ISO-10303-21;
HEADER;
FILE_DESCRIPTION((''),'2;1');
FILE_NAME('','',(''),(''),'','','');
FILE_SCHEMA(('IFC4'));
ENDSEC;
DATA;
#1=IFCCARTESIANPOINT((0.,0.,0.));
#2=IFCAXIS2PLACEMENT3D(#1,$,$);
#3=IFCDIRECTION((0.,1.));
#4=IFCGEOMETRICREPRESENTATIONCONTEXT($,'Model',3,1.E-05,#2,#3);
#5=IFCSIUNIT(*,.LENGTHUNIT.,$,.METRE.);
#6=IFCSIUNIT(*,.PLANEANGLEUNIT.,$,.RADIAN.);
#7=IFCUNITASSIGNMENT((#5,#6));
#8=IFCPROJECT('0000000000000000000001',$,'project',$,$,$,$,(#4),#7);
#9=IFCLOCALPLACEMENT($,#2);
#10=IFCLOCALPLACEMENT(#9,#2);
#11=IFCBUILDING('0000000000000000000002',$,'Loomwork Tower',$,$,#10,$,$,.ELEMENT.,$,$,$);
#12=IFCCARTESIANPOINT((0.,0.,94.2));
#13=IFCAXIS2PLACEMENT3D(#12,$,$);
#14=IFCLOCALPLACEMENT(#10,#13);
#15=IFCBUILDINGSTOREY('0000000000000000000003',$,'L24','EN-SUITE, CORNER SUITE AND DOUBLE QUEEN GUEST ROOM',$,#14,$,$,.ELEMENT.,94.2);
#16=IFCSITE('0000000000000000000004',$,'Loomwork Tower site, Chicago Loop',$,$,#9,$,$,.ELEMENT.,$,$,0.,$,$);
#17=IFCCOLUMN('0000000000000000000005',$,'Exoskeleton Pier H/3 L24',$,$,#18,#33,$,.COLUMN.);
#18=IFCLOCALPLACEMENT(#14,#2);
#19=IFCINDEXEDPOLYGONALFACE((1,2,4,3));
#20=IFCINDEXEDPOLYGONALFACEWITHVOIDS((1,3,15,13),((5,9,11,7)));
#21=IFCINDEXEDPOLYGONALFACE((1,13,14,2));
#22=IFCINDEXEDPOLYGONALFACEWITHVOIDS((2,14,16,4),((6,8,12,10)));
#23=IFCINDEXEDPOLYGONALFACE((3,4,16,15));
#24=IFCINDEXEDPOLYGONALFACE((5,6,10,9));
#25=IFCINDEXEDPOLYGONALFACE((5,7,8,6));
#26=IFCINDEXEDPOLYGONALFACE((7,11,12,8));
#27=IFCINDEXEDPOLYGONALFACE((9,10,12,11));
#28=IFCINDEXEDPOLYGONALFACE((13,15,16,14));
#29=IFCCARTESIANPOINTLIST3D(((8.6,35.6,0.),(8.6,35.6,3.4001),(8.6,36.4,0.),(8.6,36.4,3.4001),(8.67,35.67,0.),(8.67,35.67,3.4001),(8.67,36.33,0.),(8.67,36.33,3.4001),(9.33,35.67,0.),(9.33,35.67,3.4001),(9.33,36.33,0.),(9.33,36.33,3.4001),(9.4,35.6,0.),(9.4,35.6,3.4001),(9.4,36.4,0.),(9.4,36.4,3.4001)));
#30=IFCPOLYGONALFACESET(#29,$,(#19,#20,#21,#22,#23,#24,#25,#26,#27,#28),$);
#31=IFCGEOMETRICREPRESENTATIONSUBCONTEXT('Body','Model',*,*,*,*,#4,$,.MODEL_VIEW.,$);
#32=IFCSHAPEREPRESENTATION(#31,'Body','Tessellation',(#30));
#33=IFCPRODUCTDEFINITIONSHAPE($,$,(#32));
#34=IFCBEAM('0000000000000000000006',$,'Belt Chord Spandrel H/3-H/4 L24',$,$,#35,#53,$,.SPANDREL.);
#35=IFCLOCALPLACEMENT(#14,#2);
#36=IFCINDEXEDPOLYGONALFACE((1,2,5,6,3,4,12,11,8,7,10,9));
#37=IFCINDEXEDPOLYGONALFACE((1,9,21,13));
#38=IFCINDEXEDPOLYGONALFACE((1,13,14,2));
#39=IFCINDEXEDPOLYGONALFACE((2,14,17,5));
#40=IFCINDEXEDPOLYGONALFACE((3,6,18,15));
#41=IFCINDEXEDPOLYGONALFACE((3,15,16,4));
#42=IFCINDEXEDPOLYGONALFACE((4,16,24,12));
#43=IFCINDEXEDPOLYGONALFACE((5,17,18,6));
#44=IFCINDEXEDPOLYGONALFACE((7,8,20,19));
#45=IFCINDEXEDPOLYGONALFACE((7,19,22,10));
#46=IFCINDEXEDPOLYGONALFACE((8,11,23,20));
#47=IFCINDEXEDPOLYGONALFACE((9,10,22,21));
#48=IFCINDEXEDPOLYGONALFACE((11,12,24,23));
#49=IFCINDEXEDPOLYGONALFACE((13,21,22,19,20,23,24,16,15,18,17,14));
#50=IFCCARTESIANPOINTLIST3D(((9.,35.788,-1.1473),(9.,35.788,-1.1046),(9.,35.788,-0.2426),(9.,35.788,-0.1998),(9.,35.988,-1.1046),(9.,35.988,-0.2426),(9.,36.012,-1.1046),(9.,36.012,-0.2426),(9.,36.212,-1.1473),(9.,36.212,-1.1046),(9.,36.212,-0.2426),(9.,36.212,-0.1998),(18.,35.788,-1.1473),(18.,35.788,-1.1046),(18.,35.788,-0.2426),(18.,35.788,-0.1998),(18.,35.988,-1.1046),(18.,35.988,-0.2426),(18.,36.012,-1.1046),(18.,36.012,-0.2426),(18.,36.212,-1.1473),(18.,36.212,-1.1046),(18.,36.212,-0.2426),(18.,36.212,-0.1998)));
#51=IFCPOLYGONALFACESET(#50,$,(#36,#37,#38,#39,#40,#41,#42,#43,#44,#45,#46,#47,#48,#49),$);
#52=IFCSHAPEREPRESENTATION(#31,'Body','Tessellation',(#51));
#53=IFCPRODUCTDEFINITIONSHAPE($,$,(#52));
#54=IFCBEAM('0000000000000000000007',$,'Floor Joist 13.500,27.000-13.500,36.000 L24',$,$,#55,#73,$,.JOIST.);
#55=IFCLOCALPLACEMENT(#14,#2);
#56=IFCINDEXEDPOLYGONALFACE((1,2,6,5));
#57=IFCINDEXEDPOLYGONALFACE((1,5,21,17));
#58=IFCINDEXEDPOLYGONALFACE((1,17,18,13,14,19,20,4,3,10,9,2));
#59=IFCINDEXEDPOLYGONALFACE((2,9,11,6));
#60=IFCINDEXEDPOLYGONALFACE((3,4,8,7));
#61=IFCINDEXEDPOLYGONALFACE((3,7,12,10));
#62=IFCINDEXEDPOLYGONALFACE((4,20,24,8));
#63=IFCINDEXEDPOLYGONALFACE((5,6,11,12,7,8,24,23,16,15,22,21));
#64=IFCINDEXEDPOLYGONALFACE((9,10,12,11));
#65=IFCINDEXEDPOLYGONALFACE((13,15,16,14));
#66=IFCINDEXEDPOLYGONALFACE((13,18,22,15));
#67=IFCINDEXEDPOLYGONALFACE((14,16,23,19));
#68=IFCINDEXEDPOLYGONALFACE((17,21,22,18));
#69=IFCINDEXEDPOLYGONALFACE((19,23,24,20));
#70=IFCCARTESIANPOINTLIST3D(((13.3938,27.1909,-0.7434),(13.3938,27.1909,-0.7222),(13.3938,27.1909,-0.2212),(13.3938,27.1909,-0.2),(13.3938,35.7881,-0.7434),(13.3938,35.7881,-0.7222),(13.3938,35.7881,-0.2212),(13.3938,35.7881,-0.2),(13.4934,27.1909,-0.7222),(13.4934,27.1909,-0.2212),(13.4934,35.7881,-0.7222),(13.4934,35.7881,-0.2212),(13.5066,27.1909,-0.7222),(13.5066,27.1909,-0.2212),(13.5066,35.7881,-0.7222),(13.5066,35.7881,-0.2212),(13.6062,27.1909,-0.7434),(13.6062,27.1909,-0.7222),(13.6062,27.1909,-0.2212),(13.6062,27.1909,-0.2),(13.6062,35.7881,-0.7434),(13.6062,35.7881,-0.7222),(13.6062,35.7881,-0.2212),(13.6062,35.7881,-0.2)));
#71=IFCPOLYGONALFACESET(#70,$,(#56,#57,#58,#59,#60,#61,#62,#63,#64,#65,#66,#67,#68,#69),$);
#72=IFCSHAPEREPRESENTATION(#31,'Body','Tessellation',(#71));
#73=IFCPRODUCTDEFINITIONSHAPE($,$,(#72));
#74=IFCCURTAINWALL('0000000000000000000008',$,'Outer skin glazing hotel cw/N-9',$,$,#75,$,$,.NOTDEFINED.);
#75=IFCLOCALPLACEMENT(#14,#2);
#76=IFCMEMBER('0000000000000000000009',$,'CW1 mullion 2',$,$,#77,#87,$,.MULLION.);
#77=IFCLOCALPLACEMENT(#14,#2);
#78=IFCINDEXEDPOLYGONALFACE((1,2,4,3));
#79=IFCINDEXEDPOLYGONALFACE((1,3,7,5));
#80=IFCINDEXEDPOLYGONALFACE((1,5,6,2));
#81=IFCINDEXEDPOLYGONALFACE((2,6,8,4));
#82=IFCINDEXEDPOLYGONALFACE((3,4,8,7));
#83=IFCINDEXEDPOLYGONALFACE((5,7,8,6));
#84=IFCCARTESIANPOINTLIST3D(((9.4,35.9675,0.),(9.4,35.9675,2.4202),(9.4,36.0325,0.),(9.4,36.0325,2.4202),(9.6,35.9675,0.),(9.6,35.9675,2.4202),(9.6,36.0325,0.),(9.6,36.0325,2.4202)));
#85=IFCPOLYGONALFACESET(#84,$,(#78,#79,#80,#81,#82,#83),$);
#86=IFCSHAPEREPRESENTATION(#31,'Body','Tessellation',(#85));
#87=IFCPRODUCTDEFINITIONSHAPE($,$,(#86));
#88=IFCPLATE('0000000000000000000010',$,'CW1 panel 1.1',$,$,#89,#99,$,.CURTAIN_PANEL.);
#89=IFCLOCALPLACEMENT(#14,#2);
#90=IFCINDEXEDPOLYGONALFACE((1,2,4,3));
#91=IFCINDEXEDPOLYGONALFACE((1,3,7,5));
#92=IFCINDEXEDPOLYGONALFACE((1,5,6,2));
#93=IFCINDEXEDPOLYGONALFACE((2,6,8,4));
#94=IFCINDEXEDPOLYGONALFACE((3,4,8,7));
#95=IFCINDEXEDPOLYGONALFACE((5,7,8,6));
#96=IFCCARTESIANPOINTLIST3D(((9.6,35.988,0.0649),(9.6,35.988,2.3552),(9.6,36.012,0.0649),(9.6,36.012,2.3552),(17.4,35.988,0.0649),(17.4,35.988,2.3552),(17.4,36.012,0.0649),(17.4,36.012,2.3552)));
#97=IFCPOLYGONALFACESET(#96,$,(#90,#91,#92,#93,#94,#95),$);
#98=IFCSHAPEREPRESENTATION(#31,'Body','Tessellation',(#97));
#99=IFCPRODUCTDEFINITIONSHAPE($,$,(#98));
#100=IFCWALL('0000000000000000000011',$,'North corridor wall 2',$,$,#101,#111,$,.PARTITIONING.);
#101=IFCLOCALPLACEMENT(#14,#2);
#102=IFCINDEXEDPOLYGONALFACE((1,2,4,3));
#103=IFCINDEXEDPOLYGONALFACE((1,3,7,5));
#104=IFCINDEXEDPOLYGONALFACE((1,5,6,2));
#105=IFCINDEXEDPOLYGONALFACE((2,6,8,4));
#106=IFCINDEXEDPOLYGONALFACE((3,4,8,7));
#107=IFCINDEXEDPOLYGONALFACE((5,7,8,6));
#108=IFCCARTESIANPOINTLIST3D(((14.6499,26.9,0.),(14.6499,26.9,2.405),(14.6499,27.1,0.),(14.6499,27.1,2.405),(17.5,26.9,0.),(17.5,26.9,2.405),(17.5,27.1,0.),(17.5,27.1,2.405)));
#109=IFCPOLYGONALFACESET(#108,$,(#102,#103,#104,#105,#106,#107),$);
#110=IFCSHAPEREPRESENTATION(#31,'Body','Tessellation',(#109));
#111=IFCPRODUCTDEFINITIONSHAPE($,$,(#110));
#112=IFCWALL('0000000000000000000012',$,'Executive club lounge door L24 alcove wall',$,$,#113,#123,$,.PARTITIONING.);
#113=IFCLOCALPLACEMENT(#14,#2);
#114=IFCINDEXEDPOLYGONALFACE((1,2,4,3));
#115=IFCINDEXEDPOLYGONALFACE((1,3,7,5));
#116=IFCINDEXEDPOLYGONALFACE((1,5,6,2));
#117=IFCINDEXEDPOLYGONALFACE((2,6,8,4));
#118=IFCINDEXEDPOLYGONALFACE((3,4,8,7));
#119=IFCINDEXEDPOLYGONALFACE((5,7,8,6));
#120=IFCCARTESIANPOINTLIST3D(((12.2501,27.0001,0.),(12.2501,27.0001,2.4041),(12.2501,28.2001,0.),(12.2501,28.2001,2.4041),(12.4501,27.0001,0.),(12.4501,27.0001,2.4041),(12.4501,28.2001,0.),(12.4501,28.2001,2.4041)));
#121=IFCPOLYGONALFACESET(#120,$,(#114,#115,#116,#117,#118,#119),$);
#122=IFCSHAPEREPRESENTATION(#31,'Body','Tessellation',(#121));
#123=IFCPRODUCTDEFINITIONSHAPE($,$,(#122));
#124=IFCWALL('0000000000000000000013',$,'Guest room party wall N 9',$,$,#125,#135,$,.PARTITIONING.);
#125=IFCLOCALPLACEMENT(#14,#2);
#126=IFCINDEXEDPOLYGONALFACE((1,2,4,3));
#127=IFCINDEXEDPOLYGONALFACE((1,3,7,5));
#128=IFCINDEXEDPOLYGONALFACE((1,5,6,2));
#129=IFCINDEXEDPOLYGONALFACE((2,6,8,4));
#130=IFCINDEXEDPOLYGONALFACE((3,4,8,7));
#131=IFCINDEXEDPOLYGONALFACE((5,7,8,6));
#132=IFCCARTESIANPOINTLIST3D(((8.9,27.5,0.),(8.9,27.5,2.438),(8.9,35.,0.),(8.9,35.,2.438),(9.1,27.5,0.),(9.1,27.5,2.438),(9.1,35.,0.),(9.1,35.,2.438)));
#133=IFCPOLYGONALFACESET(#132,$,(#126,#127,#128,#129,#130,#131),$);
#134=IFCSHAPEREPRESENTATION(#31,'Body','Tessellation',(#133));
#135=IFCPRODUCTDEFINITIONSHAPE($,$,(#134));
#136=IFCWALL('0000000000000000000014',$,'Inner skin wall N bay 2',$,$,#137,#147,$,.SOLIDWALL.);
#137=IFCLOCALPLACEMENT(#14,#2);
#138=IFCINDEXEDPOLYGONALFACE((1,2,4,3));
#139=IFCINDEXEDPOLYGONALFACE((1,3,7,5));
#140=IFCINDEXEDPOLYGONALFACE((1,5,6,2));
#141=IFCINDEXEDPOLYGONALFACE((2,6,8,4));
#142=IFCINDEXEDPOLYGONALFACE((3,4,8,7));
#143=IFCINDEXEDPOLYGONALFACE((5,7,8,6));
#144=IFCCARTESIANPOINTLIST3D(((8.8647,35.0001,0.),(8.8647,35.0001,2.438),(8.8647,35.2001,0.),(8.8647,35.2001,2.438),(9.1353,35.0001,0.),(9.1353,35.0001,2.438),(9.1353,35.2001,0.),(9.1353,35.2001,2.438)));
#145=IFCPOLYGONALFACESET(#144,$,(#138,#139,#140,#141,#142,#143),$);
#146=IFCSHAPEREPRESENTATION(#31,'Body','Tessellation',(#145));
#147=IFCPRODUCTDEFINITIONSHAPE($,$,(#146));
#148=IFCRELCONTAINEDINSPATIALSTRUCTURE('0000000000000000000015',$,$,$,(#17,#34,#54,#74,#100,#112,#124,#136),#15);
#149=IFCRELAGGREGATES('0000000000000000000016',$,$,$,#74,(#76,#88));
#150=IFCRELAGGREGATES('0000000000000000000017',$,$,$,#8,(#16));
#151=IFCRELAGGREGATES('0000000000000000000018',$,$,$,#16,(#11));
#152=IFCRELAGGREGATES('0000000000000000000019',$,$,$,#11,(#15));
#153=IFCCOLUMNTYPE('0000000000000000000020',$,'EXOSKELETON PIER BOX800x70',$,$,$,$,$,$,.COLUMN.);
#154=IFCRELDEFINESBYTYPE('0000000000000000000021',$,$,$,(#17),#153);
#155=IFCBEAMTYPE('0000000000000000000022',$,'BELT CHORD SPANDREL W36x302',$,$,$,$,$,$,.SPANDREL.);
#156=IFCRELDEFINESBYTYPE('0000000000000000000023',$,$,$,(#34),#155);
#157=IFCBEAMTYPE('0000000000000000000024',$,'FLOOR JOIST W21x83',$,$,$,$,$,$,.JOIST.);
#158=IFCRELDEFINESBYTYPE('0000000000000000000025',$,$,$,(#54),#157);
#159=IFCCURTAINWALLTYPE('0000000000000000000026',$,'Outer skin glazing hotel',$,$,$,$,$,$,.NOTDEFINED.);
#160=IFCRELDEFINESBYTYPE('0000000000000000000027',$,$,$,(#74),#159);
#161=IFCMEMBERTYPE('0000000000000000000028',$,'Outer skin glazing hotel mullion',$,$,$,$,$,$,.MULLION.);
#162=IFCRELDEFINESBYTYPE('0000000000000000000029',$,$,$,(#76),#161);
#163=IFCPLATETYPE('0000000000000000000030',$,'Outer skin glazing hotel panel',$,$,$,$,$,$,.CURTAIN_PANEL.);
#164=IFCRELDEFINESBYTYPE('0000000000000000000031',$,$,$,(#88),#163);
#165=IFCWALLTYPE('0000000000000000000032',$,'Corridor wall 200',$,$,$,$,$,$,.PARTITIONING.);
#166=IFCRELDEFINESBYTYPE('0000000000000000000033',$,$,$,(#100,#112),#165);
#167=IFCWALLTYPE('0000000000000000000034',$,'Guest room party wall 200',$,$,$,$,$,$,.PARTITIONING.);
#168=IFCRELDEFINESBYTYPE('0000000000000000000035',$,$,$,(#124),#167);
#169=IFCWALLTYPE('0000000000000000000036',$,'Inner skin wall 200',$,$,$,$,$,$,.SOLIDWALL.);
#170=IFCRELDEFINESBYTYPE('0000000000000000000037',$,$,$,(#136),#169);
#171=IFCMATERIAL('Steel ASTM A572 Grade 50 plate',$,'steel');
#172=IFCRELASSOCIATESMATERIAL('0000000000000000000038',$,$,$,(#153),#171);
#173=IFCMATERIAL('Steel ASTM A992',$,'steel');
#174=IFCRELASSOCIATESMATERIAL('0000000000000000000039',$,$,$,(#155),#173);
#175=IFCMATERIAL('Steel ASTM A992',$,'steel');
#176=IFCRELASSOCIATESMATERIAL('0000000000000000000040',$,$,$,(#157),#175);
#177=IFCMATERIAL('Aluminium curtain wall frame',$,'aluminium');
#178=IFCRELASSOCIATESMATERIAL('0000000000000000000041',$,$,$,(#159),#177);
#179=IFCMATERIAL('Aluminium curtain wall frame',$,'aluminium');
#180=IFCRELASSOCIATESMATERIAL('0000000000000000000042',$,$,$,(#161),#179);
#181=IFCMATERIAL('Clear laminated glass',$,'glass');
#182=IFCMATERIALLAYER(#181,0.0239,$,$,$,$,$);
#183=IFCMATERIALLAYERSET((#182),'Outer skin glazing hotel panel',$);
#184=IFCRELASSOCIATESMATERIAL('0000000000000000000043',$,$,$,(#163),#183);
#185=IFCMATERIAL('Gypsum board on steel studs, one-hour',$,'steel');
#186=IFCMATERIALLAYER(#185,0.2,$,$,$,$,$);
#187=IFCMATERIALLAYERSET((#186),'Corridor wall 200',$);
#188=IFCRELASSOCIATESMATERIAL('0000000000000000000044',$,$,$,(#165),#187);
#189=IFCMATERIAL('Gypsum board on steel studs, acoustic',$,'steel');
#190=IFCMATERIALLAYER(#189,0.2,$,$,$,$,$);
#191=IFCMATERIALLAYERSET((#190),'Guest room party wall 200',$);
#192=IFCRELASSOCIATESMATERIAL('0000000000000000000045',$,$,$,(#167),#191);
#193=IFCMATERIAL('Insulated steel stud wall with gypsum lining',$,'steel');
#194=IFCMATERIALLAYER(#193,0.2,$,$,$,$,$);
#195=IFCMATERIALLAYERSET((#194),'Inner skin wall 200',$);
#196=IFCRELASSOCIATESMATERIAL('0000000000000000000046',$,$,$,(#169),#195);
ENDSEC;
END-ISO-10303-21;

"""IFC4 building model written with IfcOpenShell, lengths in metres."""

from ifc_helpers import new_model, si_unit, direction, frame, frame_2d, origin, origin_2d, place, context, subcontext, project, spatial, rectangle, hollow_rectangle, i_section, extrude, material, layer, layer_set, material_profile, profile_set, type_object, element, aggregate, save


model = new_model("IFC4")

# Units and contexts
model_context = context("Model", 3, precision=1e-05, world=origin(), true_north=direction((0.0, 1.0)))
body_context = subcontext(model_context, "Body", "Model", "MODEL_VIEW")
ifc_project = project(units=[si_unit("LENGTHUNIT", "METRE"), si_unit("PLANEANGLEUNIT", "RADIAN")], contexts=[model_context])

# Site, building, storey
site_placement = place(None, origin())
site = spatial("IfcSite", under=ifc_project, at=site_placement, Name="Loomwork Tower site, Chicago Loop", CompositionType="ELEMENT", RefElevation=0.0)
building_placement = place(site_placement, origin())
building = spatial("IfcBuilding", under=site, at=building_placement, Name="Loomwork Tower", CompositionType="ELEMENT")
storey_placement = place(building_placement, frame((0.0, 0.0, 94.2)))
storey = spatial("IfcBuildingStorey", under=building, at=storey_placement, Name="L24", Description="EN-SUITE, CORNER SUITE AND DOUBLE QUEEN GUEST ROOM", CompositionType="ELEMENT", Elevation=94.2)

# Column
ifc_material_1 = material(Name="Steel ASTM A572 Grade 50 plate", Category="steel")
ifc_material_profile_1 = material_profile(ifc_material_1, hollow_rectangle(XDim=0.8, YDim=0.8, WallThickness=0.0701, at=origin_2d()), Name="BOX800x70")
ifc_profile_set_1 = profile_set([ifc_material_profile_1], Name="Steel ASTM A572 Grade 50 plate")
column_type = type_object("IfcColumnType", Name="EXOSKELETON PIER BOX800x70", PredefinedType="COLUMN", material=ifc_profile_set_1)
column_placement = place(storey_placement, frame((9.0, 36.0, 0.0), z_axis=(0.0, 0.0, 1.0), x_axis=(1.0, 0.0, 0.0)))
element("IfcColumn", 1, at=column_placement, inside=storey, type_object=column_type, Name="Exoskeleton Pier H/3 L24", PredefinedType="COLUMN", context=body_context, shape_type="SweptSolid", body=[
    extrude(hollow_rectangle(XDim=0.8, YDim=0.8, WallThickness=0.0701, at=origin_2d()), origin(), (0.0, 0.0, 1.0), 3.4001),
])

# Beams
ifc_material_2 = material(Name="Steel ASTM A992", Category="steel")
ifc_material_profile_2 = material_profile(ifc_material_2, i_section(OverallWidth=0.4241, OverallDepth=0.9475, WebThickness=0.0239, FlangeThickness=0.0427, at=origin_2d()), Name="W36x302")
ifc_profile_set_2 = profile_set([ifc_material_profile_2], Name="Steel ASTM A992")
beam_type_1 = type_object("IfcBeamType", Name="BELT CHORD SPANDREL W36x302", PredefinedType="SPANDREL", material=ifc_profile_set_2)
beam_1_placement = place(storey_placement, frame((9.0, 36.0, -0.6736), z_axis=(1.0, 0.0, 0.0), x_axis=(0.0, 1.0, 0.0)))
element("IfcBeam", 2, at=beam_1_placement, inside=storey, type_object=beam_type_1, Name="Belt Chord Spandrel H/3-H/4 L24", PredefinedType="SPANDREL", context=body_context, shape_type="SweptSolid", body=[
    extrude(i_section(OverallWidth=0.4241, OverallDepth=0.9475, WebThickness=0.0239, FlangeThickness=0.0427, at=origin_2d()), origin(), (0.0, 0.0, 1.0), 9.0),
])
ifc_material_3 = material(Name="Steel ASTM A992", Category="steel")
ifc_material_profile_3 = material_profile(ifc_material_3, i_section(OverallWidth=0.2124, OverallDepth=0.5435, WebThickness=0.0132, FlangeThickness=0.0212, at=origin_2d()), Name="W21x83")
ifc_profile_set_3 = profile_set([ifc_material_profile_3], Name="Steel ASTM A992")
beam_type_2 = type_object("IfcBeamType", Name="FLOOR JOIST W21x83", PredefinedType="JOIST", material=ifc_profile_set_3)
beam_2_placement = place(storey_placement, frame((13.5, 27.1909, -0.4717), z_axis=(0.0, 1.0, 0.0), x_axis=(-1.0, 0.0, 0.0)))
element("IfcBeam", 3, at=beam_2_placement, inside=storey, type_object=beam_type_2, Name="Floor Joist 13.500,27.000-13.500,36.000 L24", PredefinedType="JOIST", context=body_context, shape_type="SweptSolid", body=[
    extrude(i_section(OverallWidth=0.2124, OverallDepth=0.5435, WebThickness=0.0132, FlangeThickness=0.0212, at=origin_2d()), origin(), (0.0, 0.0, 1.0), 8.5972),
])

# Curtain wall, member, plate
ifc_material_4 = material(Name="Aluminium curtain wall frame", Category="aluminium")
curtain_wall_type = type_object("IfcCurtainWallType", Name="Outer skin glazing hotel", PredefinedType="NOTDEFINED", material=ifc_material_4)
curtain_wall_placement = place(storey_placement, origin())
curtain_wall = element("IfcCurtainWall", 4, at=curtain_wall_placement, inside=storey, type_object=curtain_wall_type, Name="Outer skin glazing hotel cw/N-9", PredefinedType="NOTDEFINED")
ifc_material_5 = material(Name="Aluminium curtain wall frame", Category="aluminium")
ifc_material_profile_4 = material_profile(ifc_material_5, rectangle(XDim=0.0649, YDim=0.2, at=origin_2d()), Name="AL 65x200")
ifc_profile_set_4 = profile_set([ifc_material_profile_4], Name="Aluminium curtain wall frame")
member_type = type_object("IfcMemberType", Name="Outer skin glazing hotel mullion", PredefinedType="MULLION", material=ifc_profile_set_4)
member_placement = place(storey_placement, frame((9.5, 36.0, 0.0), z_axis=(0.0, 0.0, 1.0), x_axis=(0.0, -1.0, 0.0)))
member = element("IfcMember", 5, at=member_placement, type_object=member_type, Name="CW1 mullion 2", PredefinedType="MULLION", context=body_context, shape_type="SweptSolid", body=[
    extrude(rectangle(XDim=0.0649, YDim=0.2, at=origin_2d()), origin(), (0.0, 0.0, 1.0), 2.4202),
])
ifc_material_6 = material(Name="Clear laminated glass", Category="glass")
ifc_layer_1 = layer(ifc_material_6, 0.0239)
ifc_layer_set_1 = layer_set([ifc_layer_1], Name="Outer skin glazing hotel panel")
plate_type = type_object("IfcPlateType", Name="Outer skin glazing hotel panel", PredefinedType="CURTAIN_PANEL", material=ifc_layer_set_1)
plate_placement = place(storey_placement, frame((13.5, 36.0, 0.0649), z_axis=(0.0, 0.0, 1.0), x_axis=(-1.0, 0.0, 0.0)))
plate = element("IfcPlate", 6, at=plate_placement, type_object=plate_type, Name="CW1 panel 1.1", PredefinedType="CURTAIN_PANEL", context=body_context, shape_type="SweptSolid", body=[
    extrude(rectangle(XDim=7.8, YDim=0.0239, at=origin_2d()), origin(), (0.0, 0.0, 1.0), 2.2903),
])
aggregate(curtain_wall, [member, plate])

# Walls
ifc_material_7 = material(Name="Gypsum board on steel studs, one-hour", Category="steel")
ifc_layer_2 = layer(ifc_material_7, 0.2)
ifc_layer_set_2 = layer_set([ifc_layer_2], Name="Corridor wall 200")
wall_type_1 = type_object("IfcWallType", Name="Corridor wall 200", PredefinedType="PARTITIONING", material=ifc_layer_set_2)
wall_1_placement = place(storey_placement, frame((14.6499, 27.0, 0.0), z_axis=(0.0, 0.0, 1.0), x_axis=(1.0, 0.0, 0.0)))
element("IfcWall", 7, at=wall_1_placement, inside=storey, type_object=wall_type_1, Name="North corridor wall 2", PredefinedType="PARTITIONING", context=body_context, shape_type="SweptSolid", body=[
    extrude(rectangle(XDim=2.8501, YDim=0.2, at=frame_2d((1.425, 0.0))), origin(), (0.0, 0.0, 1.0), 2.405),
])
wall_2_placement = place(storey_placement, frame((12.3501, 27.0, 0.0), z_axis=(0.0, 0.0, 1.0), x_axis=(0.0, 1.0, 0.0)))
element("IfcWall", 8, at=wall_2_placement, inside=storey, type_object=wall_type_1, Name="Executive club lounge door L24 alcove wall", PredefinedType="PARTITIONING", context=body_context, shape_type="SweptSolid", body=[
    extrude(rectangle(XDim=1.2, YDim=0.2, at=frame_2d((0.6001, 0.0))), origin(), (0.0, 0.0, 1.0), 2.4041),
])

# Walls
ifc_material_8 = material(Name="Gypsum board on steel studs, acoustic", Category="steel")
ifc_layer_3 = layer(ifc_material_8, 0.2)
ifc_layer_set_3 = layer_set([ifc_layer_3], Name="Guest room party wall 200")
wall_type_2 = type_object("IfcWallType", Name="Guest room party wall 200", PredefinedType="PARTITIONING", material=ifc_layer_set_3)
wall_3_placement = place(storey_placement, frame((9.0, 27.5, 0.0), z_axis=(0.0, 0.0, 1.0), x_axis=(0.0, 1.0, 0.0)))
element("IfcWall", 9, at=wall_3_placement, inside=storey, type_object=wall_type_2, Name="Guest room party wall N 9", PredefinedType="PARTITIONING", context=body_context, shape_type="SweptSolid", body=[
    extrude(rectangle(XDim=7.5, YDim=0.2, at=frame_2d((3.75, 0.0))), origin(), (0.0, 0.0, 1.0), 2.438),
])
ifc_material_9 = material(Name="Insulated steel stud wall with gypsum lining", Category="steel")
ifc_layer_4 = layer(ifc_material_9, 0.2)
ifc_layer_set_4 = layer_set([ifc_layer_4], Name="Inner skin wall 200")
wall_type_3 = type_object("IfcWallType", Name="Inner skin wall 200", PredefinedType="SOLIDWALL", material=ifc_layer_set_4)
wall_4_placement = place(storey_placement, frame((8.8647, 35.1001, 0.0), z_axis=(0.0, 0.0, 1.0), x_axis=(1.0, 0.0, 0.0)))
element("IfcWall", 10, at=wall_4_placement, inside=storey, type_object=wall_type_3, Name="Inner skin wall N bay 2", PredefinedType="SOLIDWALL", context=body_context, shape_type="SweptSolid", body=[
    extrude(rectangle(XDim=0.2705, YDim=0.2, at=frame_2d((0.1353, 0.0))), origin(), (0.0, 0.0, 1.0), 2.438),
])

save(model, "model.ifc")
